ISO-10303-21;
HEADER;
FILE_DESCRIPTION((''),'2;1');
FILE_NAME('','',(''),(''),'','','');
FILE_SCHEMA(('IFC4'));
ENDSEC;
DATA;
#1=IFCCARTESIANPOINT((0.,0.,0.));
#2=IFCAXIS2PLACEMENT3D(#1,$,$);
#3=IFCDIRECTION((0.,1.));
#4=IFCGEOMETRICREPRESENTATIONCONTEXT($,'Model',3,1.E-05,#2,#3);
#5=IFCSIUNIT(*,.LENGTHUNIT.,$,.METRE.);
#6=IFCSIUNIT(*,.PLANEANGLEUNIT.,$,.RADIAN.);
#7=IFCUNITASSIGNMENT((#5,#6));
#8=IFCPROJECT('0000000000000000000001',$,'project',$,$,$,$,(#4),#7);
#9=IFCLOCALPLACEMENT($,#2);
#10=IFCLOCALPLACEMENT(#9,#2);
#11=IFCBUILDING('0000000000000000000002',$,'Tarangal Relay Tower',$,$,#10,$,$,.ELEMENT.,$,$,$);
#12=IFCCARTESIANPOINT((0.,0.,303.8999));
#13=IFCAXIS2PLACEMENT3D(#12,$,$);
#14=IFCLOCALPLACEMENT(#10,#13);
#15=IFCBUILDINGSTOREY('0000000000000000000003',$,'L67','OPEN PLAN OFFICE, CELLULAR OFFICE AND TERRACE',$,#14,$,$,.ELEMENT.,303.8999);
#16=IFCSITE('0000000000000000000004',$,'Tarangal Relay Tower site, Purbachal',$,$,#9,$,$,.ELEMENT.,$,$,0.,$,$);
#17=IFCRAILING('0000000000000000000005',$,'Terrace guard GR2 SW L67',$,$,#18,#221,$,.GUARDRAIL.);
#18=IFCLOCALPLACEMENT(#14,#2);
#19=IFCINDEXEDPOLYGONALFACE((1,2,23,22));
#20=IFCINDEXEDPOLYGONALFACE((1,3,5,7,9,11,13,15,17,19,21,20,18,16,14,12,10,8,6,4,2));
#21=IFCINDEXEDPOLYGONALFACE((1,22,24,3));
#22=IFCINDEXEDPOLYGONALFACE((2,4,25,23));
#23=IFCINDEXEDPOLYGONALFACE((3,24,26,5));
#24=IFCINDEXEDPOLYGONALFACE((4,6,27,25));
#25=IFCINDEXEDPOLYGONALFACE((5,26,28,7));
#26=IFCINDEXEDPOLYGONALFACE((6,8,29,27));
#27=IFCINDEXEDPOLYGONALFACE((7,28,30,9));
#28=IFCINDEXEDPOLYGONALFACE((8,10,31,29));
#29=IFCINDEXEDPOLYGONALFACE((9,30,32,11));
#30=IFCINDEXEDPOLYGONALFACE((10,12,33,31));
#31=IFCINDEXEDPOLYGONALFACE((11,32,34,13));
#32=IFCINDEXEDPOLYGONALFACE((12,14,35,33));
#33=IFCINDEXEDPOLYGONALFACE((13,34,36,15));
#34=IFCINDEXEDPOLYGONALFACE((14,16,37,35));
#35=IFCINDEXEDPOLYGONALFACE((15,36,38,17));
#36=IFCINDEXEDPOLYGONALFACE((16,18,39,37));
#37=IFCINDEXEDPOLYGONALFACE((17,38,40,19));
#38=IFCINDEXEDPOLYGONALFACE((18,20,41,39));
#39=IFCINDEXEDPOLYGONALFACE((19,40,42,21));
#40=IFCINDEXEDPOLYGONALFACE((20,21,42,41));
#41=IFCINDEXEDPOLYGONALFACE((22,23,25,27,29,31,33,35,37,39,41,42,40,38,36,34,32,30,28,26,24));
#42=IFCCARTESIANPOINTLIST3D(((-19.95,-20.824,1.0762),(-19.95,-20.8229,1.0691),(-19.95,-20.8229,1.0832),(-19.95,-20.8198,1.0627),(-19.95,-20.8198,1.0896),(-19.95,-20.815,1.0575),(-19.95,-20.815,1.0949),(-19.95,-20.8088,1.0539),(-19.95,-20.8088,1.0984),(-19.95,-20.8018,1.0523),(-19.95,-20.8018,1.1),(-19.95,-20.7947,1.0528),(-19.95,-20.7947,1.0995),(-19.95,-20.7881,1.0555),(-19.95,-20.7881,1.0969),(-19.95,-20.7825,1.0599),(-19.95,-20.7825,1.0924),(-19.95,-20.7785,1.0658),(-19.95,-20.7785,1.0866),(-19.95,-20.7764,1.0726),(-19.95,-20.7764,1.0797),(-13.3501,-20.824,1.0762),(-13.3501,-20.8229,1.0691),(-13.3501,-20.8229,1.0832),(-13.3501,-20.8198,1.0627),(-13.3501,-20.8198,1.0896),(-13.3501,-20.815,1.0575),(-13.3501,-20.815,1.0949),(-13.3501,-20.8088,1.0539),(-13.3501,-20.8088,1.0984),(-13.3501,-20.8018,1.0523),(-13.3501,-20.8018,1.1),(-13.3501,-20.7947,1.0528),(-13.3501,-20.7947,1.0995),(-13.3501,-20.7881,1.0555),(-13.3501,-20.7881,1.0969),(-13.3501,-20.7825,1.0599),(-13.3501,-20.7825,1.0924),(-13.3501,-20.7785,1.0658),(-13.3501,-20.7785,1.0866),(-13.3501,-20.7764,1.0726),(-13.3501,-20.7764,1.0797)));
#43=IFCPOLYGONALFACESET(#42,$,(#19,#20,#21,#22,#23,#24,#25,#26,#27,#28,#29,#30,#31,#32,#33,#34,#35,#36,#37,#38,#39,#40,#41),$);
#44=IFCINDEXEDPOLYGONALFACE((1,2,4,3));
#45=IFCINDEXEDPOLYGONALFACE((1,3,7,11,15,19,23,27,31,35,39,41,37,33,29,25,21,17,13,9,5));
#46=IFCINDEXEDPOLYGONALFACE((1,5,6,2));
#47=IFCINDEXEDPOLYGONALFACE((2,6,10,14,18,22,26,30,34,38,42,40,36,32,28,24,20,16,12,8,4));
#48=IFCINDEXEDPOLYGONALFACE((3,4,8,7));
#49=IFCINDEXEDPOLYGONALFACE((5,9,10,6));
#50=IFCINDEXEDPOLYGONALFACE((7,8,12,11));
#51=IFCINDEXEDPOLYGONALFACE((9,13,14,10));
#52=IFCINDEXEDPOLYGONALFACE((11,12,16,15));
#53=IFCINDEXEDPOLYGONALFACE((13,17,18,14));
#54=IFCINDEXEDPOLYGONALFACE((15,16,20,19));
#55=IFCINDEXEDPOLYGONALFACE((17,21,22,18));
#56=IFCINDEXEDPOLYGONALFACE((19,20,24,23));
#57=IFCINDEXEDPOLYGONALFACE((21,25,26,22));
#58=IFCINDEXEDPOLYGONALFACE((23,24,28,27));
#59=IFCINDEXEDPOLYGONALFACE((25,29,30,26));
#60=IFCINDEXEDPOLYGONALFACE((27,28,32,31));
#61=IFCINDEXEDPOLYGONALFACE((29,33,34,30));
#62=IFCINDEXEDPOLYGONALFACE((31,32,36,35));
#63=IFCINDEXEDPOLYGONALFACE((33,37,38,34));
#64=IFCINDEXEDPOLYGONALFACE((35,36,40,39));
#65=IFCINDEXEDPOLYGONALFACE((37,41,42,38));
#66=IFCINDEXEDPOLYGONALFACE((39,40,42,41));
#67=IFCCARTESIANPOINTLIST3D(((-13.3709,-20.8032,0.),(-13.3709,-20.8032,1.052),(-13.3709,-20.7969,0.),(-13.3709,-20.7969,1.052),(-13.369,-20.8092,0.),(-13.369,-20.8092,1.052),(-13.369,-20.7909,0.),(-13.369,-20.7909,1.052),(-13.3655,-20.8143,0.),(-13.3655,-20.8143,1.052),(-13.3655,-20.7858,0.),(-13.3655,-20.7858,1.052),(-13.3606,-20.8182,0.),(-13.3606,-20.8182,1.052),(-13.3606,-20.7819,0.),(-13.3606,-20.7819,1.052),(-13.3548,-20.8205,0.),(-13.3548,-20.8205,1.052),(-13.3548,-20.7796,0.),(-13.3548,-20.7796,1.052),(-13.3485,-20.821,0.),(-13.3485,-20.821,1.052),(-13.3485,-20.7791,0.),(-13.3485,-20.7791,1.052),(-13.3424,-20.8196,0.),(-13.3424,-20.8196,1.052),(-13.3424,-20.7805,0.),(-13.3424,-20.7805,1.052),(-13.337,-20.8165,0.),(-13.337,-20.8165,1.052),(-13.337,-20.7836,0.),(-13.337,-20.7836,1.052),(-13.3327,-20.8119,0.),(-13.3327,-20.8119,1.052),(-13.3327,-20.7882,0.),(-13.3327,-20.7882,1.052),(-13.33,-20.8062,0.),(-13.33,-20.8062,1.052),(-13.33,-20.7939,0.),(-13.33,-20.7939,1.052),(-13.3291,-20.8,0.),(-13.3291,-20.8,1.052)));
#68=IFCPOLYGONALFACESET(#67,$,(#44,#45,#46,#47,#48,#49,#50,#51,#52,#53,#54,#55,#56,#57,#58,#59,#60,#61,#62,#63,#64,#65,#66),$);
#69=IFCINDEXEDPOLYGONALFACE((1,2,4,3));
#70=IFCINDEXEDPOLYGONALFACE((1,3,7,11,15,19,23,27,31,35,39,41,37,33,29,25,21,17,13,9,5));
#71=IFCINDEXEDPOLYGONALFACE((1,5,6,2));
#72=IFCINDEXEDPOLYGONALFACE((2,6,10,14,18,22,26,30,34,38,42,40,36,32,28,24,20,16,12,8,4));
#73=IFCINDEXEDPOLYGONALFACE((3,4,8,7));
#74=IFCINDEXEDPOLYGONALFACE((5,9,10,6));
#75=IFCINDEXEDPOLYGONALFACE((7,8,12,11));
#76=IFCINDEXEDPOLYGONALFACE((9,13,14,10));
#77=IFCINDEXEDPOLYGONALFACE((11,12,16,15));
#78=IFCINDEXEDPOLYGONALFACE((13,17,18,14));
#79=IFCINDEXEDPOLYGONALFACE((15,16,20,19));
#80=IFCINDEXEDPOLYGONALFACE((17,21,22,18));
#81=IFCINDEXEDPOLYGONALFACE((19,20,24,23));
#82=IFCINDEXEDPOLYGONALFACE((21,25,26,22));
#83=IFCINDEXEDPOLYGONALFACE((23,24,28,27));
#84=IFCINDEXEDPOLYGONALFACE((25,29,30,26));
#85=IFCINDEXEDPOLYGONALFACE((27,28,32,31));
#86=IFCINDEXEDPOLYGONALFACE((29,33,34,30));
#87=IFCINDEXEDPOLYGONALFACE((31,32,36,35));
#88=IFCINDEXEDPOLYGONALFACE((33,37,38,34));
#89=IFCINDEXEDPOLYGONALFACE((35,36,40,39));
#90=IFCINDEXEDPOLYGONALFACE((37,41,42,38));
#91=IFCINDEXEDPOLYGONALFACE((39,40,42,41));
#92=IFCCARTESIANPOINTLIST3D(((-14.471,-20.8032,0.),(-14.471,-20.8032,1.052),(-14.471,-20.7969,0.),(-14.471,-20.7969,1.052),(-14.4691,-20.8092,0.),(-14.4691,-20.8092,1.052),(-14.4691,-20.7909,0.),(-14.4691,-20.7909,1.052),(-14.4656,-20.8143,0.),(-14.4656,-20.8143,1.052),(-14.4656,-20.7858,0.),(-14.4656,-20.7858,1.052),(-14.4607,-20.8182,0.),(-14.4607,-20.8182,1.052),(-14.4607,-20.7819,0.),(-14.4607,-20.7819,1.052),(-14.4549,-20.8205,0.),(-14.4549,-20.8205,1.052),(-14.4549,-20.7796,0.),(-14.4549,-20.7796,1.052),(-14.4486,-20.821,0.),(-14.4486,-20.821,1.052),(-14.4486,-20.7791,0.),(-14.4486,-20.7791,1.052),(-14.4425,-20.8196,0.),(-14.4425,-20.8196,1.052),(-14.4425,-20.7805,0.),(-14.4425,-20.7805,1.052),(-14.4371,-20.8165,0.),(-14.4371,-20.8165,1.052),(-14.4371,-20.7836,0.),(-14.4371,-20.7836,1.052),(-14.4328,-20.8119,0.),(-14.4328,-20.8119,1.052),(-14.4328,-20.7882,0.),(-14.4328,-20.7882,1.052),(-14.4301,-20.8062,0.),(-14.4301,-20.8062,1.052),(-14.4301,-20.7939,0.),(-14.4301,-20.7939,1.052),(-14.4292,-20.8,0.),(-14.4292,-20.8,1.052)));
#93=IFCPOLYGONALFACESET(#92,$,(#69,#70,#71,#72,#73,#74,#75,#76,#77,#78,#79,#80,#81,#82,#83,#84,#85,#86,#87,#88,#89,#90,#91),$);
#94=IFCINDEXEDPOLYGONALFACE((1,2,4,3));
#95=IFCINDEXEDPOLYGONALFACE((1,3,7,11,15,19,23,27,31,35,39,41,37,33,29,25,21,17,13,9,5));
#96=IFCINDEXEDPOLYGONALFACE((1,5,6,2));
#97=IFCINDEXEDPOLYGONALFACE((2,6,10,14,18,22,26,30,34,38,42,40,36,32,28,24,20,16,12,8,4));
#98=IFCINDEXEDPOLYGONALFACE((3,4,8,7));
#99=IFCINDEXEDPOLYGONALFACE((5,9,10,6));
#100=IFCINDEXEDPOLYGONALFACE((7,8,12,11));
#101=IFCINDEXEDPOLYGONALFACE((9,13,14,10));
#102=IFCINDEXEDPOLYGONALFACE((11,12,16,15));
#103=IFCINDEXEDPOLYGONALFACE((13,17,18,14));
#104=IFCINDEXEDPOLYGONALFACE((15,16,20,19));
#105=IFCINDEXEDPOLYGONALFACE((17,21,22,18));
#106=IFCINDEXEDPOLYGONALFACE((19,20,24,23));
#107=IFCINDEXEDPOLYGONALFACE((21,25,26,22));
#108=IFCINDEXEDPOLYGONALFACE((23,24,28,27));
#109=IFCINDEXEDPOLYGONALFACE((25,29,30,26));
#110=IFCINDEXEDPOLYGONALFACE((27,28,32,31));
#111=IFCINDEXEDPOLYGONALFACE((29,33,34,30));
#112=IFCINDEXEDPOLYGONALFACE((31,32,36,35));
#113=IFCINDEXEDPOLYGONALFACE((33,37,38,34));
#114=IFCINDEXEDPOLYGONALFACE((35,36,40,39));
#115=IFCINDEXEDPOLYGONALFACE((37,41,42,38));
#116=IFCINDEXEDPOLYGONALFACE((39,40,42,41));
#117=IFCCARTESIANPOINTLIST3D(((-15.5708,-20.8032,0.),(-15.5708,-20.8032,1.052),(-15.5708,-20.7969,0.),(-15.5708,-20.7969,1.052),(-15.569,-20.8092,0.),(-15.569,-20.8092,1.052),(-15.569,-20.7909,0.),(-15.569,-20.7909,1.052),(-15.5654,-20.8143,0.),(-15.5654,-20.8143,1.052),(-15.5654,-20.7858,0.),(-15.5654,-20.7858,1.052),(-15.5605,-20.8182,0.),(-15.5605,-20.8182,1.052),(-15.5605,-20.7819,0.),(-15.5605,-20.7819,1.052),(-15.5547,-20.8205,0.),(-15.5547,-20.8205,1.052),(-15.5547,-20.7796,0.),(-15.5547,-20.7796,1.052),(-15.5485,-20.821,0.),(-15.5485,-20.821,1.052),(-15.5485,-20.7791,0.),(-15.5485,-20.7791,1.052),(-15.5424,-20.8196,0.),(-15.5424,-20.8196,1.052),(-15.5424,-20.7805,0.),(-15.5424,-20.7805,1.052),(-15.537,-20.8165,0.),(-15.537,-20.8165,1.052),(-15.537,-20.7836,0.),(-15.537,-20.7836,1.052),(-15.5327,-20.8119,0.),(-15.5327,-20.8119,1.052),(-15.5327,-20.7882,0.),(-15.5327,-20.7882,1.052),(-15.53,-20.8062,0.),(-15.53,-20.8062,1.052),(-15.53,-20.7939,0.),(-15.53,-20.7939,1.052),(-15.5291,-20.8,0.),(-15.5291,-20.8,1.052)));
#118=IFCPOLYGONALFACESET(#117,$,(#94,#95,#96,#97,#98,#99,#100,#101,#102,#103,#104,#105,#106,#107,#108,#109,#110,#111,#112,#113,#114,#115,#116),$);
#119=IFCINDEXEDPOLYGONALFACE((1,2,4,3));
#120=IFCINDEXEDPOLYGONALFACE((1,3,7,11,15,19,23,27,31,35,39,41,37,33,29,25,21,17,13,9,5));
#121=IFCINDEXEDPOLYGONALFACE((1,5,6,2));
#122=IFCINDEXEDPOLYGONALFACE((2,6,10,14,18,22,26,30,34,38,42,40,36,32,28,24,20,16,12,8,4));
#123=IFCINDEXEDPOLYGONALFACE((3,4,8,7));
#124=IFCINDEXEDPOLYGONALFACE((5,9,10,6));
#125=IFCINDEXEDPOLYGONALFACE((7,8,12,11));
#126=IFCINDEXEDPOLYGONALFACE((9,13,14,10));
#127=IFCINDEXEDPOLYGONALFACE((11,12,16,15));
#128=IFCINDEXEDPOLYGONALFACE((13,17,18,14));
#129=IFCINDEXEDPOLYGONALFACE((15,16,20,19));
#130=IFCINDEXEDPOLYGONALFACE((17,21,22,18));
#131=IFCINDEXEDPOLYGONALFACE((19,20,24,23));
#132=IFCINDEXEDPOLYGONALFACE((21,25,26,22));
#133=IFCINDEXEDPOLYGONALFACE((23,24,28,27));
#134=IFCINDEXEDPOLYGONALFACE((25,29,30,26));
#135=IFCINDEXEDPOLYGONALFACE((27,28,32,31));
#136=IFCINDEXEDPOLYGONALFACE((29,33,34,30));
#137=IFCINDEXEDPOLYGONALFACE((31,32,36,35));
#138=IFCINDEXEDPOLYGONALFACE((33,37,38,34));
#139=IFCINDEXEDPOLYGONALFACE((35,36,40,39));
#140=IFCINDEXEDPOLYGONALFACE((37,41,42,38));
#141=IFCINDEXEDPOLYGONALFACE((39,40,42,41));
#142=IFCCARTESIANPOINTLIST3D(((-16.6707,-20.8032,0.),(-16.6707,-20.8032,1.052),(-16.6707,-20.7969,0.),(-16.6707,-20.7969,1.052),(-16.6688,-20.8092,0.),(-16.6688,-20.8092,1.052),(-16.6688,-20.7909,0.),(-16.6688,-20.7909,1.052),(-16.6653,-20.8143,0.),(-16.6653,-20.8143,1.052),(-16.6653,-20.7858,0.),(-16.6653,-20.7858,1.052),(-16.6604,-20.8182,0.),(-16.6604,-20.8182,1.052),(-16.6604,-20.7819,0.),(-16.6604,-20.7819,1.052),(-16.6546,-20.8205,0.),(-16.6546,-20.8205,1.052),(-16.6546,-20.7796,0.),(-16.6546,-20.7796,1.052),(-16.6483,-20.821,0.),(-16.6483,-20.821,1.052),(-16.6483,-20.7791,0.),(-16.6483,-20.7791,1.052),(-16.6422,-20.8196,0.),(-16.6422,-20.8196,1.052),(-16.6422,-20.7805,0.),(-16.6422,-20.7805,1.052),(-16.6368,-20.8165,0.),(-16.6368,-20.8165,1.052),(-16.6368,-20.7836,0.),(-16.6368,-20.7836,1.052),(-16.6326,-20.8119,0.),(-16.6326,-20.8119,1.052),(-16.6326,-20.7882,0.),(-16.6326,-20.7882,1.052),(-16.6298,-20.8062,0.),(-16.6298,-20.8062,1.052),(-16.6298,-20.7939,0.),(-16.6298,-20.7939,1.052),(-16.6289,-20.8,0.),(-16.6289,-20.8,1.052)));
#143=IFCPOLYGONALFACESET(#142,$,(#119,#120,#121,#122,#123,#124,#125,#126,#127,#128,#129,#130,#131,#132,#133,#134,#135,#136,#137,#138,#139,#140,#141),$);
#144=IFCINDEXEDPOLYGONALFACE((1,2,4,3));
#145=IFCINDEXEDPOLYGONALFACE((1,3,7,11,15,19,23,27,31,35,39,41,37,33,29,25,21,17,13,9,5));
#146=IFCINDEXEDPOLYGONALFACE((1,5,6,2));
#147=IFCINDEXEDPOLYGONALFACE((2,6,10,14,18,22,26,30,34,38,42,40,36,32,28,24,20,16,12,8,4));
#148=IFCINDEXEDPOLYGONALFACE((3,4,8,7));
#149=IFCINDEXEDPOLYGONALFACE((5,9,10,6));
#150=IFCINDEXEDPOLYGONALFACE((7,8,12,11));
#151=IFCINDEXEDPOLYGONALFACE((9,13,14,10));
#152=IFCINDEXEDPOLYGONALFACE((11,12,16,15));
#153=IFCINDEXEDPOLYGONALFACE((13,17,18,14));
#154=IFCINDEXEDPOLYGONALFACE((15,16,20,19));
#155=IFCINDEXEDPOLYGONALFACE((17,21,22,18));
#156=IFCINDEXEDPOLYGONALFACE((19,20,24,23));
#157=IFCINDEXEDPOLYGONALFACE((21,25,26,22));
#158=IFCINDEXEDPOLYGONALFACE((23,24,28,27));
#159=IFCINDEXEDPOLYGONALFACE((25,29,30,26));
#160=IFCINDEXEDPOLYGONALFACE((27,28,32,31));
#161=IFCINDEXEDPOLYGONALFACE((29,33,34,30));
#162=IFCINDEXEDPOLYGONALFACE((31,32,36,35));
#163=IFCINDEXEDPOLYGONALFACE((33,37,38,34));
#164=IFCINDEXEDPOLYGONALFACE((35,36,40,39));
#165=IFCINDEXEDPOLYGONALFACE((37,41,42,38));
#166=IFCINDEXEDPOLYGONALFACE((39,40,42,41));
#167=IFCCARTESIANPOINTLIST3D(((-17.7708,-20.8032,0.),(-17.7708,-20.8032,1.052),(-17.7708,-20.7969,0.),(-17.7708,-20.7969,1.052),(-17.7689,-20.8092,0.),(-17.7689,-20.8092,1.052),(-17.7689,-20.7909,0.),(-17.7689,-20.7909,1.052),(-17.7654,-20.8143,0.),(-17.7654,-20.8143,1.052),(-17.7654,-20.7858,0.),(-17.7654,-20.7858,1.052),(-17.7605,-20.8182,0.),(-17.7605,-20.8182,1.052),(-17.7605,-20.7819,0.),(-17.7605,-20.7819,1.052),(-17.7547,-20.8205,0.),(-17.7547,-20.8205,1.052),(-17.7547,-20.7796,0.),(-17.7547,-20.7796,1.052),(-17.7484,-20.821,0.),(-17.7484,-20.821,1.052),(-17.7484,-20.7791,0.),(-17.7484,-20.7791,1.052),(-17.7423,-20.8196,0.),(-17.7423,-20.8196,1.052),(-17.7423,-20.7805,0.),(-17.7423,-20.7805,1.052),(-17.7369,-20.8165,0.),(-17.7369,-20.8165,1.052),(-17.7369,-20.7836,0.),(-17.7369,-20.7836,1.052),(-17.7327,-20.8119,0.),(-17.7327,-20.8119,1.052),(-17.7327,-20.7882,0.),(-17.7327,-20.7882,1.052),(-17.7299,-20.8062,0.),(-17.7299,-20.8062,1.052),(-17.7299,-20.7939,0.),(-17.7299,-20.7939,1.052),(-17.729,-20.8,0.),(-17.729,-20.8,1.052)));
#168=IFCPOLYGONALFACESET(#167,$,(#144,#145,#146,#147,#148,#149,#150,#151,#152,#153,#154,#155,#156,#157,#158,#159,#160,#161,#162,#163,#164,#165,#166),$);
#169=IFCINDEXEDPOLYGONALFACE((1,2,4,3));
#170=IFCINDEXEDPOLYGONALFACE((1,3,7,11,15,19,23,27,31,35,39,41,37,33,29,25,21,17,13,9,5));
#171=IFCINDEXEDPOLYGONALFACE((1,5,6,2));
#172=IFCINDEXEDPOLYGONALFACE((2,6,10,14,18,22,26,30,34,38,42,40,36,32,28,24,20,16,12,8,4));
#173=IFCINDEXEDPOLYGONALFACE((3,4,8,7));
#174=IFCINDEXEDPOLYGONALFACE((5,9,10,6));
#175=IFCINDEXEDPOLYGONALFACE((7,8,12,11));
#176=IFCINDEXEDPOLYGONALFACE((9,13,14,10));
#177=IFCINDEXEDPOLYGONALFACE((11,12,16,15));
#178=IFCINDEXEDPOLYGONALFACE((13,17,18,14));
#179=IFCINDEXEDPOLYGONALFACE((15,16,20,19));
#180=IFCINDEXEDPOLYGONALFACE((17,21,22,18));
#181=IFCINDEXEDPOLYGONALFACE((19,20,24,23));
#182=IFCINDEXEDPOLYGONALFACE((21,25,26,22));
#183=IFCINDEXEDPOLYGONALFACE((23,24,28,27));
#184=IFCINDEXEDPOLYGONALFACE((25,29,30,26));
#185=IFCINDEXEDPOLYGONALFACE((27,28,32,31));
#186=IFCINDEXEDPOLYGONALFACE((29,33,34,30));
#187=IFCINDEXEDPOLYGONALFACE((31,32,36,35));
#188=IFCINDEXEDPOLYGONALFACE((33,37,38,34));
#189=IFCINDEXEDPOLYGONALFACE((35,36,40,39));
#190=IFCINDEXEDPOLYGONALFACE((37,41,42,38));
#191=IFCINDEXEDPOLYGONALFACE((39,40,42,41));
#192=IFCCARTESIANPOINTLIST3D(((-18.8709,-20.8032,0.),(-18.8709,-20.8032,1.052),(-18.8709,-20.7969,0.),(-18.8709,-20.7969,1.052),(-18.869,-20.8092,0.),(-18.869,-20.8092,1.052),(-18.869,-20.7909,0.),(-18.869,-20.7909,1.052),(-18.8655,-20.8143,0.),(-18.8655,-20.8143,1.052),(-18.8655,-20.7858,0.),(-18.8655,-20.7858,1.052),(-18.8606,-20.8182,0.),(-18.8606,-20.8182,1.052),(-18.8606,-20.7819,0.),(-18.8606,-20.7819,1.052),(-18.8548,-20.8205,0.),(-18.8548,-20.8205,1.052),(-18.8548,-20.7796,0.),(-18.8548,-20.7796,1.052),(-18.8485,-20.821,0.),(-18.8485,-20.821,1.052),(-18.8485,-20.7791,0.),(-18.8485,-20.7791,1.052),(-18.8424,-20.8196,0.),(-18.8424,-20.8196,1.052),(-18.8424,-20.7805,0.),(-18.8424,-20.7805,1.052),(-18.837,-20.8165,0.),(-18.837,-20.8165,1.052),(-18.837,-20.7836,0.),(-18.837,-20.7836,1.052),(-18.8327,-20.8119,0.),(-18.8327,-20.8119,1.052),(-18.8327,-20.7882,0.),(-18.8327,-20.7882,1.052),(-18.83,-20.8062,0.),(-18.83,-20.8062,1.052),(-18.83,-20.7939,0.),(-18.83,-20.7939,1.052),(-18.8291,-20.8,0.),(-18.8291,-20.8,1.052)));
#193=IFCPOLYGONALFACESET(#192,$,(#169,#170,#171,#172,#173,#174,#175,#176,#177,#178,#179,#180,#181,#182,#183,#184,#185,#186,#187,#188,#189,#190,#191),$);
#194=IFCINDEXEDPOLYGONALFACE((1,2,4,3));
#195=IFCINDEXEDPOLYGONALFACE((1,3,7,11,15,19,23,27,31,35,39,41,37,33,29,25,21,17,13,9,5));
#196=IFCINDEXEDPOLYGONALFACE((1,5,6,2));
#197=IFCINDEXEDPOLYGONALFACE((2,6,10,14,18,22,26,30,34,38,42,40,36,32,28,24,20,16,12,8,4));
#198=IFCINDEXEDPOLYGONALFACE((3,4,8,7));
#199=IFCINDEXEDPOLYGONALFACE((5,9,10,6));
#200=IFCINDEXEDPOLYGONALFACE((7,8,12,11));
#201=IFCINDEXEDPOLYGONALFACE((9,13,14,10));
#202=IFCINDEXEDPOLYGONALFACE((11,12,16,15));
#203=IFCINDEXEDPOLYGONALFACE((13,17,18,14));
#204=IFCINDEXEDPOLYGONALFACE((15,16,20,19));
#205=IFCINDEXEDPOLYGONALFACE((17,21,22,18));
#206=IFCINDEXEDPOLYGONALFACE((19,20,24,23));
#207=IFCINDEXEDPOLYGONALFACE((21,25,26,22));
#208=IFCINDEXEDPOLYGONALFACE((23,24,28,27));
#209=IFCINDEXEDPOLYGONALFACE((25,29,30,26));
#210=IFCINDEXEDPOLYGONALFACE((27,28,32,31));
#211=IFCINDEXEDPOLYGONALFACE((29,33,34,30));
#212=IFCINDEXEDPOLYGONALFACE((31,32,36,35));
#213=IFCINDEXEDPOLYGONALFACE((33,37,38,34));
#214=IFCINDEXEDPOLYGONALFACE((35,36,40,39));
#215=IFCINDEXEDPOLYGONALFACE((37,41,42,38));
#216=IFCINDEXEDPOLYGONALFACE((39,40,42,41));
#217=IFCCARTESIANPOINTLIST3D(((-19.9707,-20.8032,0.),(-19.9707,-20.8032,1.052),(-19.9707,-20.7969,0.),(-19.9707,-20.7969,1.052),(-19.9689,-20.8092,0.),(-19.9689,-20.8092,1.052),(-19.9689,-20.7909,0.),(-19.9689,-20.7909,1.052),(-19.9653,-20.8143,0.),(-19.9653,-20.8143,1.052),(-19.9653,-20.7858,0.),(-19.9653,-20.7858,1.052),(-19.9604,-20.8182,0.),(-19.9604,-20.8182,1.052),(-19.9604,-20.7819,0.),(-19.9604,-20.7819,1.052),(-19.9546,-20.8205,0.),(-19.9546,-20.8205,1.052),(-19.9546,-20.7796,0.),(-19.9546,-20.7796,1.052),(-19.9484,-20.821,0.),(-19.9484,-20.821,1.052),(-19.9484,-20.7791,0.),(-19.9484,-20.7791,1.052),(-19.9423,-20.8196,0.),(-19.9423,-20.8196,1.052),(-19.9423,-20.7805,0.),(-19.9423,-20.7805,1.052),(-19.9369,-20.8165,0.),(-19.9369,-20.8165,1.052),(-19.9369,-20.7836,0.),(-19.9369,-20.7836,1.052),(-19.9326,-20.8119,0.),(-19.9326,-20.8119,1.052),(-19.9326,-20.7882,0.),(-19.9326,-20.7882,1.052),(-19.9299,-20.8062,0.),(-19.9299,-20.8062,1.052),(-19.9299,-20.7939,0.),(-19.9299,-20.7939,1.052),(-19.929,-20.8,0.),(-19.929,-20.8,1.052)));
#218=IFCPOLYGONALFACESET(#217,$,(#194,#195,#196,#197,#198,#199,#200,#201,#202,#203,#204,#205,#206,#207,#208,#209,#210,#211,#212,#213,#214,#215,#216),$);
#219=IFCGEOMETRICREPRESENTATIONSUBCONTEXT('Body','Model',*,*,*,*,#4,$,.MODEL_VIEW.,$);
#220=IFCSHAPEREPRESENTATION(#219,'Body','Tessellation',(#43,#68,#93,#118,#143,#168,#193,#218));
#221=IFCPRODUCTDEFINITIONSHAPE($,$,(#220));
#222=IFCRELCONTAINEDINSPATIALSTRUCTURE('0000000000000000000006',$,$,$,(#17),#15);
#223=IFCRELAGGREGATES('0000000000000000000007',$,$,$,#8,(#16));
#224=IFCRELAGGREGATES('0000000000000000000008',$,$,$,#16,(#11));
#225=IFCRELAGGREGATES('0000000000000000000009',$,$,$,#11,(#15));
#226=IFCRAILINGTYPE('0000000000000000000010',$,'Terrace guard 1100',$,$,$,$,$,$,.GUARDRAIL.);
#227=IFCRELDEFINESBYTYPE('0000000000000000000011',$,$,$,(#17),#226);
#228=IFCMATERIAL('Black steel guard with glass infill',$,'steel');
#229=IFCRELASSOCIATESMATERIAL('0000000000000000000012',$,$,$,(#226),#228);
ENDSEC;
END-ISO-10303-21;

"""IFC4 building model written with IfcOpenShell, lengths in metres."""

from ifc_helpers import new_model, si_unit, direction, frame, origin, origin_2d, place, context, subcontext, project, spatial, circle, extrude, material, type_object, element, save


model = new_model("IFC4")

# Units and contexts
model_context = context("Model", 3, precision=1e-05, world=origin(), true_north=direction((0.0, 1.0)))
body_context = subcontext(model_context, "Body", "Model", "MODEL_VIEW")
ifc_project = project(units=[si_unit("LENGTHUNIT", "METRE"), si_unit("PLANEANGLEUNIT", "RADIAN")], contexts=[model_context])

# Site, building, storey
site_placement = place(None, origin())
site = spatial("IfcSite", under=ifc_project, at=site_placement, Name="Tarangal Relay Tower site, Purbachal", CompositionType="ELEMENT", RefElevation=0.0)
building_placement = place(site_placement, origin())
building = spatial("IfcBuilding", under=site, at=building_placement, Name="Tarangal Relay Tower", CompositionType="ELEMENT")
storey_placement = place(building_placement, frame((0.0, 0.0, 303.8999)))
storey = spatial("IfcBuildingStorey", under=building, at=storey_placement, Name="L67", Description="OPEN PLAN OFFICE, CELLULAR OFFICE AND TERRACE", CompositionType="ELEMENT", Elevation=303.8999)

# Railing
ifc_material_1 = material(Name="Black steel guard with glass infill", Category="steel")
railing_type = type_object("IfcRailingType", Name="Terrace guard 1100", PredefinedType="GUARDRAIL", material=ifc_material_1)
railing_1_placement = place(storey_placement, frame((-13.3501, -20.8, 0.0)))
element("IfcRailing", 1, at=railing_1_placement, inside=storey, type_object=railing_type, Name="Terrace guard GR2 SW L67", PredefinedType="GUARDRAIL", context=body_context, shape_type="SweptSolid", body=[
    extrude(circle(Radius=0.0239, at=origin_2d()), frame((0.0, 0.0, 1.0762), z_axis=(-1.0, 0.0, 0.0), x_axis=(0.0, -1.0, 0.0)), (0.0, 0.0, 1.0), 6.5999),
    extrude(circle(Radius=0.021, at=origin_2d()), origin(), (0.0, 0.0, 1.0), 1.052),
    extrude(circle(Radius=0.021, at=origin_2d()), frame((-1.1001, 0.0, 0.0)), (0.0, 0.0, 1.0), 1.052),
    extrude(circle(Radius=0.021, at=origin_2d()), frame((-2.2, 0.0, 0.0)), (0.0, 0.0, 1.0), 1.052),
    extrude(circle(Radius=0.021, at=origin_2d()), frame((-3.2998, 0.0, 0.0)), (0.0, 0.0, 1.0), 1.052),
    extrude(circle(Radius=0.021, at=origin_2d()), frame((-4.3999, 0.0, 0.0)), (0.0, 0.0, 1.0), 1.052),
    extrude(circle(Radius=0.021, at=origin_2d()), frame((-5.5, 0.0, 0.0)), (0.0, 0.0, 1.0), 1.052),
    extrude(circle(Radius=0.021, at=origin_2d()), frame((-6.5999, 0.0, 0.0)), (0.0, 0.0, 1.0), 1.052),
])

save(model, "model.ifc")
